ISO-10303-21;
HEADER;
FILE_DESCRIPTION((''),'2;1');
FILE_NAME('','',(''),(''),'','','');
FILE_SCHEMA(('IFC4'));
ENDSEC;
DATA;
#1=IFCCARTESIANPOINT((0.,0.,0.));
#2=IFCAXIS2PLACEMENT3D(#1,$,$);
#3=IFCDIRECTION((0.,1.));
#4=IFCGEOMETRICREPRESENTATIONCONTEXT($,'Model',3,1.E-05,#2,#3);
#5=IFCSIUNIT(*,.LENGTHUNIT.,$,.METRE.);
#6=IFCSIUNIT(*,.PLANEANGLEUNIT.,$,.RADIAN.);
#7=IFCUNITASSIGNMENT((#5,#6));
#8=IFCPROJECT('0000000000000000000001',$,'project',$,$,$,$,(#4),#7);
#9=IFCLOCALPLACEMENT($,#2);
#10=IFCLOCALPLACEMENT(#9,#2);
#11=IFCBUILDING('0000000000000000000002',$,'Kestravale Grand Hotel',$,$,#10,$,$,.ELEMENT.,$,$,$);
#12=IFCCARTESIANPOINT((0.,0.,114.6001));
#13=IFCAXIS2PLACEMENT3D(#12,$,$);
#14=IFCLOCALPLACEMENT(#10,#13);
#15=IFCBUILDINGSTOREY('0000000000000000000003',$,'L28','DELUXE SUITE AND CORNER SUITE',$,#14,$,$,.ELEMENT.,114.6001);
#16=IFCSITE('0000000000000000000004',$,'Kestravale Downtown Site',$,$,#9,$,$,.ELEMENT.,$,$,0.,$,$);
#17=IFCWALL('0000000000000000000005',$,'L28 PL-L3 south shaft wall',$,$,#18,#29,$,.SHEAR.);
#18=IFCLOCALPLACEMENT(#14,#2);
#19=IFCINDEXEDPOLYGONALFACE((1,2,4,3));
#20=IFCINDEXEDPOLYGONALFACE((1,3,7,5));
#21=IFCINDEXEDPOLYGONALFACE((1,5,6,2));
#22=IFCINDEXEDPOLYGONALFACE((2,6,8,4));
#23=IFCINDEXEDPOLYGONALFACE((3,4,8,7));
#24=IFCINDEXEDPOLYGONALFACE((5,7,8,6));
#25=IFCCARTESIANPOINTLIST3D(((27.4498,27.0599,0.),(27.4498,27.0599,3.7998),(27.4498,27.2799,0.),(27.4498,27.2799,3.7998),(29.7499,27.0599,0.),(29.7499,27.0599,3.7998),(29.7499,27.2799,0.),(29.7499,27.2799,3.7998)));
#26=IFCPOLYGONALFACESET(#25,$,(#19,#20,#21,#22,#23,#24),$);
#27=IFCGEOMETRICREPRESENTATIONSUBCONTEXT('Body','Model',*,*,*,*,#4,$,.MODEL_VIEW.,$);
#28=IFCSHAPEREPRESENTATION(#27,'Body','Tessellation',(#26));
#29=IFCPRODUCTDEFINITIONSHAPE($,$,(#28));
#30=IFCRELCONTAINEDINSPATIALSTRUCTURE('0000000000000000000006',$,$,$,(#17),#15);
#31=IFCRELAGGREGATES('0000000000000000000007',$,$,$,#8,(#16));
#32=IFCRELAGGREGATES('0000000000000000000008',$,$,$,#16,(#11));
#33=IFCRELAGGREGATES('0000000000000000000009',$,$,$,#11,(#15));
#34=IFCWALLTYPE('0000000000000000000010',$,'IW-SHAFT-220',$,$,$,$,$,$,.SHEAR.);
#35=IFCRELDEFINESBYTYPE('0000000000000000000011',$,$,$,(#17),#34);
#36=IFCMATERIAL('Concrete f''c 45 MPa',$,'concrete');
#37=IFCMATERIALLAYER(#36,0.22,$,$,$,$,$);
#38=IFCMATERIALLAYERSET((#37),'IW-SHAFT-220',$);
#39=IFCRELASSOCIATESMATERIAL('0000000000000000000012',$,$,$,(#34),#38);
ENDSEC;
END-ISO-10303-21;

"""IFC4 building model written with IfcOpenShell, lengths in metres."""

from ifc_helpers import new_model, si_unit, direction, frame, frame_2d, origin, place, context, subcontext, project, spatial, rectangle, extrude, material, layer, layer_set, type_object, element, save


model = new_model("IFC4")

# Units and contexts
model_context = context("Model", 3, precision=1e-05, world=origin(), true_north=direction((0.0, 1.0)))
body_context = subcontext(model_context, "Body", "Model", "MODEL_VIEW")
ifc_project = project(units=[si_unit("LENGTHUNIT", "METRE"), si_unit("PLANEANGLEUNIT", "RADIAN")], contexts=[model_context])

# Site, building, storey
site_placement = place(None, origin())
site = spatial("IfcSite", under=ifc_project, at=site_placement, Name="Kestravale Downtown Site", CompositionType="ELEMENT", RefElevation=0.0)
building_placement = place(site_placement, origin())
building = spatial("IfcBuilding", under=site, at=building_placement, Name="Kestravale Grand Hotel", CompositionType="ELEMENT")
storey_placement = place(building_placement, frame((0.0, 0.0, 114.6001)))
storey = spatial("IfcBuildingStorey", under=building, at=storey_placement, Name="L28", Description="DELUXE SUITE AND CORNER SUITE", CompositionType="ELEMENT", Elevation=114.6001)

# Wall
ifc_material_1 = material(Name="Concrete f'c 45 MPa", Category="concrete")
ifc_layer_1 = layer(ifc_material_1, 0.22)
ifc_layer_set_1 = layer_set([ifc_layer_1], Name="IW-SHAFT-220")
wall_type_1 = type_object("IfcWallType", Name="IW-SHAFT-220", PredefinedType="SHEAR", material=ifc_layer_set_1)
for number, where, z_axis, x_axis, name in (
    (1, (27.45, 27.1699, 0.0), (0.0, 0.0, 1.0), (1.0, 0.0, 0.0), "L28 PL-L3 south shaft wall"),
):
    element("IfcWall", number, at=place(storey_placement, frame(where, z_axis=z_axis, x_axis=x_axis)), inside=storey, type_object=wall_type_1, Name=name, PredefinedType="SHEAR", context=body_context, shape_type="SweptSolid", body=[
        extrude(rectangle(XDim=2.3, YDim=0.22, at=frame_2d((1.1499, 0.0))), origin(), (0.0, 0.0, 1.0), 3.7998),
    ])

save(model, "model.ifc")
